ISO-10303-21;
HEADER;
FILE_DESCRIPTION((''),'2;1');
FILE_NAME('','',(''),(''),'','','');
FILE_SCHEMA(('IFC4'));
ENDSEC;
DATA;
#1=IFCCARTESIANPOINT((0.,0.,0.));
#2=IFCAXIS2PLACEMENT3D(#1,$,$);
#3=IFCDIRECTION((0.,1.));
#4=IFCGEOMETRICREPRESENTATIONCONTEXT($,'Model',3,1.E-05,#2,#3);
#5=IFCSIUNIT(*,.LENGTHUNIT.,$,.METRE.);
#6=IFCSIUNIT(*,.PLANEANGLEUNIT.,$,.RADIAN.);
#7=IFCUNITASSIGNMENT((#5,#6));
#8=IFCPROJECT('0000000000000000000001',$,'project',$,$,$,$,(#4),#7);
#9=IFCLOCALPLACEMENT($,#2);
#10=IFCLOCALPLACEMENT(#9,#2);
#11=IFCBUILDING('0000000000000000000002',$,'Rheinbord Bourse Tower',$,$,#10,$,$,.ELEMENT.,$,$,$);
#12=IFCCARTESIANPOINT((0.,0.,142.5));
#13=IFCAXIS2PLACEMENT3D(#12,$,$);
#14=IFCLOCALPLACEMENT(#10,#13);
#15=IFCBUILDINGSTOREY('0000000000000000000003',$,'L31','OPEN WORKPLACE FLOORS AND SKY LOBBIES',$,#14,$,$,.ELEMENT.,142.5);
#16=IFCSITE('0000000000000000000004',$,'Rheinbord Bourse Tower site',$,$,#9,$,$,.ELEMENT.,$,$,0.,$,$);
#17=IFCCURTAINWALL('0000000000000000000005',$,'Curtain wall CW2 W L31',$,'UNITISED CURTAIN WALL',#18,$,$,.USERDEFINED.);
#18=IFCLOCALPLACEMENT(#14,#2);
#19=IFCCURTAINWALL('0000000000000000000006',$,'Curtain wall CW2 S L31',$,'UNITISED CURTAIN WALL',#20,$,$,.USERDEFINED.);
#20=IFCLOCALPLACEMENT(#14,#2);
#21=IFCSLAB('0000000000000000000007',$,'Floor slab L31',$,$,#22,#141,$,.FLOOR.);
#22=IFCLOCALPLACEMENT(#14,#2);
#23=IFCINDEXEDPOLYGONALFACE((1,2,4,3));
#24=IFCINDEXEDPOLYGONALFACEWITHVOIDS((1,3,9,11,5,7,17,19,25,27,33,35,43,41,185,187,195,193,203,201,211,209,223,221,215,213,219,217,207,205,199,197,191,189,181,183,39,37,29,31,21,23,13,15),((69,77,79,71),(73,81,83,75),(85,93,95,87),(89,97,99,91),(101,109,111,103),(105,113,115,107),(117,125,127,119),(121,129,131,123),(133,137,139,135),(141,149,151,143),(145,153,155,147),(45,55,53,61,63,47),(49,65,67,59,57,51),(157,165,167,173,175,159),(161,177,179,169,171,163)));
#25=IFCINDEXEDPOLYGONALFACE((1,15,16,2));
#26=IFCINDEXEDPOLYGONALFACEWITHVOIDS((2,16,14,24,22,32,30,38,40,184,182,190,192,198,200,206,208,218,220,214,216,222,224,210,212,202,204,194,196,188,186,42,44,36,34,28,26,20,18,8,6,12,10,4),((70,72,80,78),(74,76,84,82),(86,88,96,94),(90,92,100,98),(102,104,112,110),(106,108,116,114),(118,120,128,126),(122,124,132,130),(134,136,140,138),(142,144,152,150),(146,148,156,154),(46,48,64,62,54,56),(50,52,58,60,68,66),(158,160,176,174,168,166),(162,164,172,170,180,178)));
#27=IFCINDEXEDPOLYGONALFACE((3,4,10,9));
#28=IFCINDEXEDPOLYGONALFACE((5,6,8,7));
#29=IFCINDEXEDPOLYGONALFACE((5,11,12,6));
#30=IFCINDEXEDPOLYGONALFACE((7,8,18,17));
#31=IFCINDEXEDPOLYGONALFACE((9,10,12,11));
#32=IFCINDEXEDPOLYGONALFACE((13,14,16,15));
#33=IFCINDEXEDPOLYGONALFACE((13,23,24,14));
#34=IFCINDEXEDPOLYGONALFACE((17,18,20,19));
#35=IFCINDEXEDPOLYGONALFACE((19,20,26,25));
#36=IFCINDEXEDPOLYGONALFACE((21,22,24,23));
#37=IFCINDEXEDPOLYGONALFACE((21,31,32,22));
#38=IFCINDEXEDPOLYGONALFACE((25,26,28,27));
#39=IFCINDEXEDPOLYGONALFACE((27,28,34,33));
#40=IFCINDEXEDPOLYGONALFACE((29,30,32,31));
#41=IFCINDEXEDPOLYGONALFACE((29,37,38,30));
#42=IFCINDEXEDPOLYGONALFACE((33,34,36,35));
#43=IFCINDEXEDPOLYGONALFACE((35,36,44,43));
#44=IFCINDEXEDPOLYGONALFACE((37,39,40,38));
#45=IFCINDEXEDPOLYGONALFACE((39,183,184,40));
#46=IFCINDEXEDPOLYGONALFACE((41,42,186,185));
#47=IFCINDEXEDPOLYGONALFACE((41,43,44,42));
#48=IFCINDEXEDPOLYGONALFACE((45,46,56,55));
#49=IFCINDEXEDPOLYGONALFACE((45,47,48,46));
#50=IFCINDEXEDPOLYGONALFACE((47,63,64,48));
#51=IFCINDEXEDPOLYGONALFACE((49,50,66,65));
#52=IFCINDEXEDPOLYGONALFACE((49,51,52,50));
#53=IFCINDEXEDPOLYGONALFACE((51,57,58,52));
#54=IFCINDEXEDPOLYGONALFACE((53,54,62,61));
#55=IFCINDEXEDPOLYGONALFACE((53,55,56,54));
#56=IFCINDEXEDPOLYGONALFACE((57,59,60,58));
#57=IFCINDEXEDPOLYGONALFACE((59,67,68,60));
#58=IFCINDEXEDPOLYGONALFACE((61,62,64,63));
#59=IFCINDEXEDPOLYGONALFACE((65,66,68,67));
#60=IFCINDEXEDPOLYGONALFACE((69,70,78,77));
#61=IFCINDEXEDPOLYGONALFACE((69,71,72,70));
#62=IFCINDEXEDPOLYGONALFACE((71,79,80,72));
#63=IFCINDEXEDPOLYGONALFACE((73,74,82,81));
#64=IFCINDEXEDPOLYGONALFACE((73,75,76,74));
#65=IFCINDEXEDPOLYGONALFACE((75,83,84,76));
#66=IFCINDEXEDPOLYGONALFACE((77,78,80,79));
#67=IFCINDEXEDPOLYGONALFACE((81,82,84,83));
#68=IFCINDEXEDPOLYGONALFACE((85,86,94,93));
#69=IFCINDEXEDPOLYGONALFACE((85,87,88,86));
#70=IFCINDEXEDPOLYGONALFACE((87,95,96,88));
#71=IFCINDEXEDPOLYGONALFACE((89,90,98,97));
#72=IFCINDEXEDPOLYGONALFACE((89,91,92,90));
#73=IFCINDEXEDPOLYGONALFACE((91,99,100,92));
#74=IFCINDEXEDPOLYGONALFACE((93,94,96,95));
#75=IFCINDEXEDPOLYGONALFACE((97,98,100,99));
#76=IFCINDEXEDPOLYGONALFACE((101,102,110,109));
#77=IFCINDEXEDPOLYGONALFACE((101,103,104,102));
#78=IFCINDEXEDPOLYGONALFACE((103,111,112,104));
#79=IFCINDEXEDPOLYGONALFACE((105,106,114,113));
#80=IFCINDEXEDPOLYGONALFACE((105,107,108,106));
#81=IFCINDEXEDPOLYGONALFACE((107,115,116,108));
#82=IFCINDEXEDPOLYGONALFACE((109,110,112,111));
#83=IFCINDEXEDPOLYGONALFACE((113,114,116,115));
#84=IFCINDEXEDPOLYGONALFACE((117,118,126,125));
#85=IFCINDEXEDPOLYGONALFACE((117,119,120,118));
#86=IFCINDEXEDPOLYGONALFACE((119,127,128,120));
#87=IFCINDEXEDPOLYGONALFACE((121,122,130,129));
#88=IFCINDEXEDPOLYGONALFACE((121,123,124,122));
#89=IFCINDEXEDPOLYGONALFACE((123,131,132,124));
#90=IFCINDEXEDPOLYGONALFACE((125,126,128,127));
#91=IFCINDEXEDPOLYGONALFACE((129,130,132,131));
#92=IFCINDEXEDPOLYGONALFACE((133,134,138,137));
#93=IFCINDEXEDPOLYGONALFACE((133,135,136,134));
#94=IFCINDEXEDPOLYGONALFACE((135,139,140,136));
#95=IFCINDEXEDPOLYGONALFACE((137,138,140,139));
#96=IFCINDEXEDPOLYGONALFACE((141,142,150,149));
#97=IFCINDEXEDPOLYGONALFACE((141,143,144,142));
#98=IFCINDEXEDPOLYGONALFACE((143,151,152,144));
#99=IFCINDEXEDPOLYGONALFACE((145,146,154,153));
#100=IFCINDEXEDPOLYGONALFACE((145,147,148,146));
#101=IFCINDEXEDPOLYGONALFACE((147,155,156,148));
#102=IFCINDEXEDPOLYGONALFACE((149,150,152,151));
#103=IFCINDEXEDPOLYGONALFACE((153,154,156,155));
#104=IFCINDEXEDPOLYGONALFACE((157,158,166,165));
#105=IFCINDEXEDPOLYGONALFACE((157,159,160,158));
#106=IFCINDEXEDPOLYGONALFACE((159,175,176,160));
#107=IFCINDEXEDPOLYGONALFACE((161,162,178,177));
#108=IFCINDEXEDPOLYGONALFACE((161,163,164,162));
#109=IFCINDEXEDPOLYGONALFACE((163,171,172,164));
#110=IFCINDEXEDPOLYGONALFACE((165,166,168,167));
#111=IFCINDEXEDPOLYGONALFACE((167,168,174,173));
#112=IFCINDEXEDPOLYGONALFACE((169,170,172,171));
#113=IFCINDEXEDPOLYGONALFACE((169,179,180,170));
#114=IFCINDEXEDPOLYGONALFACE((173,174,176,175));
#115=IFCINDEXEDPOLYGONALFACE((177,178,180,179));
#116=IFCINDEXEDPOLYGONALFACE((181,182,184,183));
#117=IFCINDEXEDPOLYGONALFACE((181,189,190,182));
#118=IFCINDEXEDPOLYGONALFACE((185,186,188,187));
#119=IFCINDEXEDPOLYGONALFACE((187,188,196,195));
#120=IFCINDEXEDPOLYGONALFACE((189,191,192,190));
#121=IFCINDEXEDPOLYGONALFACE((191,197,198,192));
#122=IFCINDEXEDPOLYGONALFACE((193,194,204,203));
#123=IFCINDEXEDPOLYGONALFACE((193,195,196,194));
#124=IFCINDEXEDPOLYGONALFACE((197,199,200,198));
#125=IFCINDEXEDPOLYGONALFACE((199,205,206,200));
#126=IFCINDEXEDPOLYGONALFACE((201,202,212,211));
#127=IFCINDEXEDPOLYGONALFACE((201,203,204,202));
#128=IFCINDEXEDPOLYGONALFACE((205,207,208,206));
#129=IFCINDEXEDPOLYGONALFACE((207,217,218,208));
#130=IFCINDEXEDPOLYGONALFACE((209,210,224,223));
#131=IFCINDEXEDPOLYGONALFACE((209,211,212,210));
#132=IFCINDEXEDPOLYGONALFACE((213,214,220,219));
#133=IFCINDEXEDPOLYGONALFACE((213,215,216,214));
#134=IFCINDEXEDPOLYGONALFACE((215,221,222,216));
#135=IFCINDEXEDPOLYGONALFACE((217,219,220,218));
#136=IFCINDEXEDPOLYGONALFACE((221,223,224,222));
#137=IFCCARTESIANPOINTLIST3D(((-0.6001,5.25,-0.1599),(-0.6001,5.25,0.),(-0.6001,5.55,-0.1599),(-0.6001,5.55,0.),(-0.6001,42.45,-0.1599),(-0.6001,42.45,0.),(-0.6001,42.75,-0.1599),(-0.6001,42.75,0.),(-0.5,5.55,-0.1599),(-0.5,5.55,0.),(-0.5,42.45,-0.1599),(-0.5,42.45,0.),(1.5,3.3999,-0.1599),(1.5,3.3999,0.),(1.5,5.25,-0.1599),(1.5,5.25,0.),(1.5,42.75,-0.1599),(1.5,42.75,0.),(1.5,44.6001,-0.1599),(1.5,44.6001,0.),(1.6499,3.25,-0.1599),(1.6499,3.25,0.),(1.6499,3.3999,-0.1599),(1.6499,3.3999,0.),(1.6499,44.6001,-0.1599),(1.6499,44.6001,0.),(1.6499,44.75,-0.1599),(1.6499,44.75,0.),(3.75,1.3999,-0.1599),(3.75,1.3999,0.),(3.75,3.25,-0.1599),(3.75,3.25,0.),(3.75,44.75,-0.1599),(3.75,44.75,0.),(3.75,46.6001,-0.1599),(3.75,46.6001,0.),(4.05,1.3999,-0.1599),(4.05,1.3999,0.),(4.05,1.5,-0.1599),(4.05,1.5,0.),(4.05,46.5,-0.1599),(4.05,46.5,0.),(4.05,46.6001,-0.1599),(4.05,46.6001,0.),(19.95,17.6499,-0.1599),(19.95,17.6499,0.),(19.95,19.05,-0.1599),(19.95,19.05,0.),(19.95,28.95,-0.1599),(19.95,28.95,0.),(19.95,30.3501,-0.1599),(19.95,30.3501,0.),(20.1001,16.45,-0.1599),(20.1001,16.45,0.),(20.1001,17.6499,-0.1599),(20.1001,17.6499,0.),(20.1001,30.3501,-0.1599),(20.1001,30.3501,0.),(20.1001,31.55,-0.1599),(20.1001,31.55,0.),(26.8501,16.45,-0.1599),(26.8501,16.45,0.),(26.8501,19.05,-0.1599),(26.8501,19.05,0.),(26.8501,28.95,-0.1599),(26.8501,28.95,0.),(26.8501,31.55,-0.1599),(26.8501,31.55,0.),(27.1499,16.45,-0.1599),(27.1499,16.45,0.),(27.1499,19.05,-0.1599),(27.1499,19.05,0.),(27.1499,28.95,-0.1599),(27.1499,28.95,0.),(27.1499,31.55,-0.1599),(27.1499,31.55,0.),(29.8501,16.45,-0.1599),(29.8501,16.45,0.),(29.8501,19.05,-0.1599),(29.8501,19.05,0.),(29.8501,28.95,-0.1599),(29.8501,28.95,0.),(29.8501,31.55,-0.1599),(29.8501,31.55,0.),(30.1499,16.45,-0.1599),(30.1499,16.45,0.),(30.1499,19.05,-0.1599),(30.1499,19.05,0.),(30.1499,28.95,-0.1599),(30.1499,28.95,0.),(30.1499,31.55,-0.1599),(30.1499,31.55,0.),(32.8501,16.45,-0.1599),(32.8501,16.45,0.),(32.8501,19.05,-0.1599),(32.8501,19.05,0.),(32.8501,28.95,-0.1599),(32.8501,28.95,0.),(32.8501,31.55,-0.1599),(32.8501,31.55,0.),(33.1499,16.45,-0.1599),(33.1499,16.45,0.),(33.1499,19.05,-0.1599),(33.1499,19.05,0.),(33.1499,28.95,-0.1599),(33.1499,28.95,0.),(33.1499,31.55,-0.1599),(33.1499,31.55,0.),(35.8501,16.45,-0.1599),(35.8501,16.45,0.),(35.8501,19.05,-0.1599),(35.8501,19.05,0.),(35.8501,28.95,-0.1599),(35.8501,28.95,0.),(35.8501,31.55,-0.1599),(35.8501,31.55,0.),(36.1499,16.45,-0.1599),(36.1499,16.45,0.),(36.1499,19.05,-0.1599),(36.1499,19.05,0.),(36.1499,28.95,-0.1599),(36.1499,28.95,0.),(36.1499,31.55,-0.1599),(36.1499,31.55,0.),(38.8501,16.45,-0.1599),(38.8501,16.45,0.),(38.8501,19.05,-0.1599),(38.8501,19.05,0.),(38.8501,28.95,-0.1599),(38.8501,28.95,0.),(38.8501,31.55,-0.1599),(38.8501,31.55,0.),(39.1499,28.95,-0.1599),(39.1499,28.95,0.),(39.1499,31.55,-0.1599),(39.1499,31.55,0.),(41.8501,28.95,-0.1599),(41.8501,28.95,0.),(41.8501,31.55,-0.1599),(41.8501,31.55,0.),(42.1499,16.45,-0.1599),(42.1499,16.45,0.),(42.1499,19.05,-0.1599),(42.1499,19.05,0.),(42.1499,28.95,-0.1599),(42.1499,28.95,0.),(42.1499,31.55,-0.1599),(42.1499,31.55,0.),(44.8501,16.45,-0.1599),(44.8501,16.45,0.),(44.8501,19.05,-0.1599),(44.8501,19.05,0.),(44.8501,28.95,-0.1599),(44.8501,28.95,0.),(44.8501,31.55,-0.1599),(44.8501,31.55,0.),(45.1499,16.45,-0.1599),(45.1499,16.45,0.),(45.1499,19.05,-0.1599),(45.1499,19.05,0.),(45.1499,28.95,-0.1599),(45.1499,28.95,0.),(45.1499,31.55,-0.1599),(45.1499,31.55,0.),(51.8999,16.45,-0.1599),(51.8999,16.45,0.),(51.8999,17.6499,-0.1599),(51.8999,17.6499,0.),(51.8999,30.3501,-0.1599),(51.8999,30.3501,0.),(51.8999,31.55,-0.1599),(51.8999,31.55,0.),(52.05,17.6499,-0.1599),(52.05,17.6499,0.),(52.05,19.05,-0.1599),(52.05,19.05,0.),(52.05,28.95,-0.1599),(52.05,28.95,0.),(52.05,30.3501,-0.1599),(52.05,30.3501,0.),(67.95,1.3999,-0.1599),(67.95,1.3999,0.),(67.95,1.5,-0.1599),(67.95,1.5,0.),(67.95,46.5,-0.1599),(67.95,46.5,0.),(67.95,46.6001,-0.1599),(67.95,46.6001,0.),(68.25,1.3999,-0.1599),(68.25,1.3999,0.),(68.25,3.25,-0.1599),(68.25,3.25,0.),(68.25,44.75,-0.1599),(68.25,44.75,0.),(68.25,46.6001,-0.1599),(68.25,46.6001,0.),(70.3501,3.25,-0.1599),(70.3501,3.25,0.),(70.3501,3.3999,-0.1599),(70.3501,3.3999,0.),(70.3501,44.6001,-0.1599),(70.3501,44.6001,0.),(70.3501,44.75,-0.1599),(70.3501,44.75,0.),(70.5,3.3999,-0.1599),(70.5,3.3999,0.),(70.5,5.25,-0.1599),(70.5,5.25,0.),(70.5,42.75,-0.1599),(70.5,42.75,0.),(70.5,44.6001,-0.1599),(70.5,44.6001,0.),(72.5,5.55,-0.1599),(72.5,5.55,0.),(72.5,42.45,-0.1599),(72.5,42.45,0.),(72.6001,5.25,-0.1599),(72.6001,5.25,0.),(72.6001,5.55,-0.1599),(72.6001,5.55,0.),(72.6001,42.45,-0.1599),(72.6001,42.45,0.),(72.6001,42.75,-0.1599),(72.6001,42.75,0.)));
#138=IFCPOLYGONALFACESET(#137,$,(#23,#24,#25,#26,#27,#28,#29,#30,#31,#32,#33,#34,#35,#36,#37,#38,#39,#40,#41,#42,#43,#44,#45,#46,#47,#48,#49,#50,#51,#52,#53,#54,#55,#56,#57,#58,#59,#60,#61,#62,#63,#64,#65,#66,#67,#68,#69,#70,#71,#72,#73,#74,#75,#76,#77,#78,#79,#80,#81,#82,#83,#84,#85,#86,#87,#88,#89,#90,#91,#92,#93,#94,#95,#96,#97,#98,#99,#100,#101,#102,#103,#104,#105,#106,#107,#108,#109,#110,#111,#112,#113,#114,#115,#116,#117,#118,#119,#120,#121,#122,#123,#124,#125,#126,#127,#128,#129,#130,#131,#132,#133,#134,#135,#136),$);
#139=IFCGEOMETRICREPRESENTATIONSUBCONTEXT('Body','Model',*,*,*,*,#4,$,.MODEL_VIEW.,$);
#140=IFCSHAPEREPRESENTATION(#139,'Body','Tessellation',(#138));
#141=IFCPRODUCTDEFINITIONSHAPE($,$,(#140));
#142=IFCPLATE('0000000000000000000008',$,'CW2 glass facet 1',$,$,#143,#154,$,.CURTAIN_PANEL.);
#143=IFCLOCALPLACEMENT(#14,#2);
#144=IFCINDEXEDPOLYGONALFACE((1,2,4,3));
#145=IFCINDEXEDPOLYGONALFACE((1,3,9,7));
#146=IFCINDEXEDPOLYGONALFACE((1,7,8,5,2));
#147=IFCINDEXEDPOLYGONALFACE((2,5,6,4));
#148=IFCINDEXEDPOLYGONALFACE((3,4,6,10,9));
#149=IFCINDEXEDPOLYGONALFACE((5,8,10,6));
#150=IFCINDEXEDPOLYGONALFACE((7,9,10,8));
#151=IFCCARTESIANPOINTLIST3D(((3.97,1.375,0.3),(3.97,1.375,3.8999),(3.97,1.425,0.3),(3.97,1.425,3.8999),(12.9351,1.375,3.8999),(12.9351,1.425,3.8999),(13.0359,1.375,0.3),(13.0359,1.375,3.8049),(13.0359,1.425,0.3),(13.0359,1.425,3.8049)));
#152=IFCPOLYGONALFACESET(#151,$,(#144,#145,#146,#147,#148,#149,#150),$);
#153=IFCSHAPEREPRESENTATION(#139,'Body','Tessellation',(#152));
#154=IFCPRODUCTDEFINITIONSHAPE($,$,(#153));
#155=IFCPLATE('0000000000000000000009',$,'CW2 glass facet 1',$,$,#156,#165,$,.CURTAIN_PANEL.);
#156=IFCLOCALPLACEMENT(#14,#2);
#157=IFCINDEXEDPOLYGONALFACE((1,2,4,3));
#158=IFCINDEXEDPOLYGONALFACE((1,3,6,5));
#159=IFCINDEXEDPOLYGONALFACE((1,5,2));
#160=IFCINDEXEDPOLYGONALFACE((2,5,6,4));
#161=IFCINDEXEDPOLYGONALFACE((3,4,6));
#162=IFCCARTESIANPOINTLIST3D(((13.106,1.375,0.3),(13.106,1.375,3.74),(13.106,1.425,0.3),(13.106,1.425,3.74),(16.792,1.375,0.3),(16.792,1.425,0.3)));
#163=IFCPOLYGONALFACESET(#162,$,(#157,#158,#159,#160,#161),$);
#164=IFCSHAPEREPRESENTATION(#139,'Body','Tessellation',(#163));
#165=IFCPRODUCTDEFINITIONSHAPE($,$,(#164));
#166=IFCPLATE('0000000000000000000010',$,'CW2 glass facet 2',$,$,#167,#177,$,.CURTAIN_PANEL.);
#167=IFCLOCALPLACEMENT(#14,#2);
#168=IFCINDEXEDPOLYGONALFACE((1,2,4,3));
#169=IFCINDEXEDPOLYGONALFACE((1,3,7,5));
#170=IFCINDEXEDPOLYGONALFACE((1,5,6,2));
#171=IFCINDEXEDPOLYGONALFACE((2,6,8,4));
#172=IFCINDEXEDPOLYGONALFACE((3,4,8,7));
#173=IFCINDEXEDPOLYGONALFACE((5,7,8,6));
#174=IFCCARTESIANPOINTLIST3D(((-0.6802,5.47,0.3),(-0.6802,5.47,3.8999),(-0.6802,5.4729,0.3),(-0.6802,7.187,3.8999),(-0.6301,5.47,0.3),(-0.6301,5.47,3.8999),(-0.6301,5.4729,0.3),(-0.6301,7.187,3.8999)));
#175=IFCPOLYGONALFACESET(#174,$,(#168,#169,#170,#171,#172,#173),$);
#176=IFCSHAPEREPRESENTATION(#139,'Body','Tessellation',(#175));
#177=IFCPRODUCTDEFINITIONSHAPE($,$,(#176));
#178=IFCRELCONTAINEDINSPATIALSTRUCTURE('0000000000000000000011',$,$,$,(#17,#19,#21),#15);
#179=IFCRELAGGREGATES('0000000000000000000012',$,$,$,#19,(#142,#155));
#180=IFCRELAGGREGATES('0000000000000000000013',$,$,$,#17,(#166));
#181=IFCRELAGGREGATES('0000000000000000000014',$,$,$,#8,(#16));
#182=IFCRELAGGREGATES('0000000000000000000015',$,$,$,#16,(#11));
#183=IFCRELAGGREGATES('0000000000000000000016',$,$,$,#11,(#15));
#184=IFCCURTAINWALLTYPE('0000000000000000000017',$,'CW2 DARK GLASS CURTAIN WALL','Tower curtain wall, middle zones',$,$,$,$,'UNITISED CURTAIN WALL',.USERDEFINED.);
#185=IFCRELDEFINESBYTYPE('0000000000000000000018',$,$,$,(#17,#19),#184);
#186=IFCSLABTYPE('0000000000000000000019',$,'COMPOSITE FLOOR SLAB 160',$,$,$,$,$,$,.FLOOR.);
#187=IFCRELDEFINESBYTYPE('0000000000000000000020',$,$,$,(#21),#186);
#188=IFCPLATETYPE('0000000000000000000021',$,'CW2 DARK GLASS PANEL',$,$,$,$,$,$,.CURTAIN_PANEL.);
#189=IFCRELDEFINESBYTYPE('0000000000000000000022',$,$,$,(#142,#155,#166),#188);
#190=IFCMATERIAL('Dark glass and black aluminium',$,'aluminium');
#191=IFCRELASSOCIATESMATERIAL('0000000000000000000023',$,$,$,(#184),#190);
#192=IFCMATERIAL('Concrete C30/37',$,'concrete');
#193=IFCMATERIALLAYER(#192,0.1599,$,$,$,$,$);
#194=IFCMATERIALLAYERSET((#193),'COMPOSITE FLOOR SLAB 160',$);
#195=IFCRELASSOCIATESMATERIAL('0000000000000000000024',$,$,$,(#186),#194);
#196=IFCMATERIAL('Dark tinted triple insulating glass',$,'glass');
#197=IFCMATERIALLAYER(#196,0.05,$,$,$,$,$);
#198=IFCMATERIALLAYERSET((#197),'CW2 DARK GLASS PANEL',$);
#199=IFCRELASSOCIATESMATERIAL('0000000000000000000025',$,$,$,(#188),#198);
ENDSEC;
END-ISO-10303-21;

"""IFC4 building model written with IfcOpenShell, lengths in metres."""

from ifc_helpers import new_model, si_unit, direction, frame, origin, place, context, subcontext, project, spatial, polyline, outline, extrude, material, layer, layer_set, type_object, element, aggregate, save


model = new_model("IFC4")

# Units and contexts
model_context = context("Model", 3, precision=1e-05, world=origin(), true_north=direction((0.0, 1.0)))
body_context = subcontext(model_context, "Body", "Model", "MODEL_VIEW")
ifc_project = project(units=[si_unit("LENGTHUNIT", "METRE"), si_unit("PLANEANGLEUNIT", "RADIAN")], contexts=[model_context])

# Site, building, storey
site_placement = place(None, origin())
site = spatial("IfcSite", under=ifc_project, at=site_placement, Name="Rheinbord Bourse Tower site", CompositionType="ELEMENT", RefElevation=0.0)
building_placement = place(site_placement, origin())
building = spatial("IfcBuilding", under=site, at=building_placement, Name="Rheinbord Bourse Tower", CompositionType="ELEMENT")
storey_placement = place(building_placement, frame((0.0, 0.0, 142.5)))
storey = spatial("IfcBuildingStorey", under=building, at=storey_placement, Name="L31", Description="OPEN WORKPLACE FLOORS AND SKY LOBBIES", CompositionType="ELEMENT", Elevation=142.5)

# Curtain wall
ifc_material_1 = material(Name="Dark glass and black aluminium", Category="aluminium")
curtain_wall_type = type_object("IfcCurtainWallType", Name="CW2 DARK GLASS CURTAIN WALL", Description="Tower curtain wall, middle zones", ElementType="UNITISED CURTAIN WALL", PredefinedType="USERDEFINED", material=ifc_material_1)
curtain_wall_1_placement = place(storey_placement, origin())
curtain_wall_1 = element("IfcCurtainWall", 1, at=curtain_wall_1_placement, inside=storey, type_object=curtain_wall_type, Name="Curtain wall CW2 W L31", ObjectType="UNITISED CURTAIN WALL", PredefinedType="USERDEFINED")

# Curtain wall
curtain_wall_2_placement = place(storey_placement, origin())
curtain_wall_2 = element("IfcCurtainWall", 2, at=curtain_wall_2_placement, inside=storey, type_object=curtain_wall_type, Name="Curtain wall CW2 S L31", ObjectType="UNITISED CURTAIN WALL", PredefinedType="USERDEFINED")

# Slab
ifc_material_2 = material(Name="Concrete C30/37", Category="concrete")
ifc_layer_1 = layer(ifc_material_2, 0.1599)
ifc_layer_set_1 = layer_set([ifc_layer_1], Name="COMPOSITE FLOOR SLAB 160")
slab_type_1 = type_object("IfcSlabType", Name="COMPOSITE FLOOR SLAB 160", PredefinedType="FLOOR", material=ifc_layer_set_1)
slab_1_placement = place(storey_placement, frame((0.0, 0.0, -0.1599)))
element("IfcSlab", 3, at=slab_1_placement, inside=storey, type_object=slab_type_1, Name="Floor slab L31", PredefinedType="FLOOR", context=body_context, shape_type="SweptSolid", body=[
    extrude(outline(polyline([(1.6499, 3.3999), (1.5, 3.3999), (1.5, 5.25), (-0.6001, 5.25), (-0.6001, 5.55), (-0.5, 5.55), (-0.5, 42.45), (-0.6001, 42.45), (-0.6001, 42.75), (1.5, 42.75), (1.5, 44.6001), (1.6499, 44.6001), (1.6499, 44.75), (3.75, 44.75), (3.75, 46.6001), (4.05, 46.6001), (4.05, 46.5), (67.95, 46.5), (67.95, 46.6001), (68.25, 46.6001), (68.25, 44.75), (70.3501, 44.75), (70.3501, 44.6001), (70.5, 44.6001), (70.5, 42.75), (72.6001, 42.75), (72.6001, 42.45), (72.5, 42.45), (72.5, 5.55), (72.6001, 5.55), (72.6001, 5.25), (70.5, 5.25), (70.5, 3.3999), (70.3501, 3.3999), (70.3501, 3.25), (68.25, 3.25), (68.25, 1.3999), (67.95, 1.3999), (67.95, 1.5), (4.05, 1.5), (4.05, 1.3999), (3.75, 1.3999), (3.75, 3.25), (1.6499, 3.25), (1.6499, 3.3999)]), holes=[polyline([(19.95, 19.05), (26.8501, 19.05), (26.8501, 16.45), (20.1001, 16.45), (20.1001, 17.6499), (19.95, 17.6499), (19.95, 19.05)]), polyline([(26.8501, 31.55), (26.8501, 28.95), (19.95, 28.95), (19.95, 30.3501), (20.1001, 30.3501), (20.1001, 31.55), (26.8501, 31.55)]), polyline([(45.1499, 16.45), (45.1499, 19.05), (52.05, 19.05), (52.05, 17.6499), (51.8999, 17.6499), (51.8999, 16.45), (45.1499, 16.45)]), polyline([(52.05, 28.95), (45.1499, 28.95), (45.1499, 31.55), (51.8999, 31.55), (51.8999, 30.3501), (52.05, 30.3501), (52.05, 28.95)]), polyline([(27.1499, 16.45), (27.1499, 19.05), (29.8501, 19.05), (29.8501, 16.45), (27.1499, 16.45)]), polyline([(27.1499, 28.95), (27.1499, 31.55), (29.8501, 31.55), (29.8501, 28.95), (27.1499, 28.95)]), polyline([(30.1499, 16.45), (30.1499, 19.05), (32.8501, 19.05), (32.8501, 16.45), (30.1499, 16.45)]), polyline([(30.1499, 28.95), (30.1499, 31.55), (32.8501, 31.55), (32.8501, 28.95), (30.1499, 28.95)]), polyline([(33.1499, 16.45), (33.1499, 19.05), (35.8501, 19.05), (35.8501, 16.45), (33.1499, 16.45)]), polyline([(33.1499, 28.95), (33.1499, 31.55), (35.8501, 31.55), (35.8501, 28.95), (33.1499, 28.95)]), polyline([(36.1499, 16.45), (36.1499, 19.05), (38.8501, 19.05), (38.8501, 16.45), (36.1499, 16.45)]), polyline([(36.1499, 28.95), (36.1499, 31.55), (38.8501, 31.55), (38.8501, 28.95), (36.1499, 28.95)]), polyline([(39.1499, 28.95), (39.1499, 31.55), (41.8501, 31.55), (41.8501, 28.95), (39.1499, 28.95)]), polyline([(42.1499, 16.45), (42.1499, 19.05), (44.8501, 19.05), (44.8501, 16.45), (42.1499, 16.45)]), polyline([(42.1499, 28.95), (42.1499, 31.55), (44.8501, 31.55), (44.8501, 28.95), (42.1499, 28.95)])]), origin(), (0.0, 0.0, 1.0), 0.1599),
])

# Plates
ifc_material_3 = material(Name="Dark tinted triple insulating glass", Category="glass")
ifc_layer_2 = layer(ifc_material_3, 0.05)
ifc_layer_set_2 = layer_set([ifc_layer_2], Name="CW2 DARK GLASS PANEL")
plate_type = type_object("IfcPlateType", Name="CW2 DARK GLASS PANEL", PredefinedType="CURTAIN_PANEL", material=ifc_layer_set_2)
plate_1_placement = place(storey_placement, frame((13.0359, 1.375, 0.3), z_axis=(0.0, 1.0, 0.0), x_axis=(-1.0, 0.0, 0.0)))
plate_1 = element("IfcPlate", 4, at=plate_1_placement, type_object=plate_type, Name="CW2 glass facet 1", PredefinedType="CURTAIN_PANEL", context=body_context, shape_type="SweptSolid", body=[
    extrude(outline(polyline([(0.0, 0.0), (9.0659, 0.0), (9.0659, 3.5999), (0.1008, 3.5999), (0.0, 3.5049), (0.0, 0.0)])), origin(), (0.0, 0.0, 1.0), 0.05),
])
plate_2_placement = place(storey_placement, frame((13.106, 1.375, 0.3), z_axis=(0.0, 1.0, 0.0), x_axis=(0.0, 0.0, 1.0)))
plate_2 = element("IfcPlate", 5, at=plate_2_placement, type_object=plate_type, Name="CW2 glass facet 1", PredefinedType="CURTAIN_PANEL", context=body_context, shape_type="SweptSolid", body=[
    extrude(outline(polyline([(0.0, 0.0), (3.4399, 0.0), (0.0, 3.686), (0.0, 0.0)])), origin(), (0.0, 0.0, 1.0), 0.05),
])
aggregate(curtain_wall_2, [plate_1, plate_2])
plate_3_placement = place(storey_placement, frame((-0.6802, 5.47, 3.8999), z_axis=(1.0, 0.0, 0.0), x_axis=(0.0, 0.0, -1.0)))
plate_3 = element("IfcPlate", 6, at=plate_3_placement, type_object=plate_type, Name="CW2 glass facet 2", PredefinedType="CURTAIN_PANEL", context=body_context, shape_type="SweptSolid", body=[
    extrude(outline(polyline([(0.0, 0.0), (3.5999, 0.0), (3.5999, 0.0029), (0.0, 1.717), (0.0, 0.0)])), origin(), (0.0, 0.0, 1.0), 0.05),
])
aggregate(curtain_wall_1, [plate_3])

save(model, "model.ifc")
